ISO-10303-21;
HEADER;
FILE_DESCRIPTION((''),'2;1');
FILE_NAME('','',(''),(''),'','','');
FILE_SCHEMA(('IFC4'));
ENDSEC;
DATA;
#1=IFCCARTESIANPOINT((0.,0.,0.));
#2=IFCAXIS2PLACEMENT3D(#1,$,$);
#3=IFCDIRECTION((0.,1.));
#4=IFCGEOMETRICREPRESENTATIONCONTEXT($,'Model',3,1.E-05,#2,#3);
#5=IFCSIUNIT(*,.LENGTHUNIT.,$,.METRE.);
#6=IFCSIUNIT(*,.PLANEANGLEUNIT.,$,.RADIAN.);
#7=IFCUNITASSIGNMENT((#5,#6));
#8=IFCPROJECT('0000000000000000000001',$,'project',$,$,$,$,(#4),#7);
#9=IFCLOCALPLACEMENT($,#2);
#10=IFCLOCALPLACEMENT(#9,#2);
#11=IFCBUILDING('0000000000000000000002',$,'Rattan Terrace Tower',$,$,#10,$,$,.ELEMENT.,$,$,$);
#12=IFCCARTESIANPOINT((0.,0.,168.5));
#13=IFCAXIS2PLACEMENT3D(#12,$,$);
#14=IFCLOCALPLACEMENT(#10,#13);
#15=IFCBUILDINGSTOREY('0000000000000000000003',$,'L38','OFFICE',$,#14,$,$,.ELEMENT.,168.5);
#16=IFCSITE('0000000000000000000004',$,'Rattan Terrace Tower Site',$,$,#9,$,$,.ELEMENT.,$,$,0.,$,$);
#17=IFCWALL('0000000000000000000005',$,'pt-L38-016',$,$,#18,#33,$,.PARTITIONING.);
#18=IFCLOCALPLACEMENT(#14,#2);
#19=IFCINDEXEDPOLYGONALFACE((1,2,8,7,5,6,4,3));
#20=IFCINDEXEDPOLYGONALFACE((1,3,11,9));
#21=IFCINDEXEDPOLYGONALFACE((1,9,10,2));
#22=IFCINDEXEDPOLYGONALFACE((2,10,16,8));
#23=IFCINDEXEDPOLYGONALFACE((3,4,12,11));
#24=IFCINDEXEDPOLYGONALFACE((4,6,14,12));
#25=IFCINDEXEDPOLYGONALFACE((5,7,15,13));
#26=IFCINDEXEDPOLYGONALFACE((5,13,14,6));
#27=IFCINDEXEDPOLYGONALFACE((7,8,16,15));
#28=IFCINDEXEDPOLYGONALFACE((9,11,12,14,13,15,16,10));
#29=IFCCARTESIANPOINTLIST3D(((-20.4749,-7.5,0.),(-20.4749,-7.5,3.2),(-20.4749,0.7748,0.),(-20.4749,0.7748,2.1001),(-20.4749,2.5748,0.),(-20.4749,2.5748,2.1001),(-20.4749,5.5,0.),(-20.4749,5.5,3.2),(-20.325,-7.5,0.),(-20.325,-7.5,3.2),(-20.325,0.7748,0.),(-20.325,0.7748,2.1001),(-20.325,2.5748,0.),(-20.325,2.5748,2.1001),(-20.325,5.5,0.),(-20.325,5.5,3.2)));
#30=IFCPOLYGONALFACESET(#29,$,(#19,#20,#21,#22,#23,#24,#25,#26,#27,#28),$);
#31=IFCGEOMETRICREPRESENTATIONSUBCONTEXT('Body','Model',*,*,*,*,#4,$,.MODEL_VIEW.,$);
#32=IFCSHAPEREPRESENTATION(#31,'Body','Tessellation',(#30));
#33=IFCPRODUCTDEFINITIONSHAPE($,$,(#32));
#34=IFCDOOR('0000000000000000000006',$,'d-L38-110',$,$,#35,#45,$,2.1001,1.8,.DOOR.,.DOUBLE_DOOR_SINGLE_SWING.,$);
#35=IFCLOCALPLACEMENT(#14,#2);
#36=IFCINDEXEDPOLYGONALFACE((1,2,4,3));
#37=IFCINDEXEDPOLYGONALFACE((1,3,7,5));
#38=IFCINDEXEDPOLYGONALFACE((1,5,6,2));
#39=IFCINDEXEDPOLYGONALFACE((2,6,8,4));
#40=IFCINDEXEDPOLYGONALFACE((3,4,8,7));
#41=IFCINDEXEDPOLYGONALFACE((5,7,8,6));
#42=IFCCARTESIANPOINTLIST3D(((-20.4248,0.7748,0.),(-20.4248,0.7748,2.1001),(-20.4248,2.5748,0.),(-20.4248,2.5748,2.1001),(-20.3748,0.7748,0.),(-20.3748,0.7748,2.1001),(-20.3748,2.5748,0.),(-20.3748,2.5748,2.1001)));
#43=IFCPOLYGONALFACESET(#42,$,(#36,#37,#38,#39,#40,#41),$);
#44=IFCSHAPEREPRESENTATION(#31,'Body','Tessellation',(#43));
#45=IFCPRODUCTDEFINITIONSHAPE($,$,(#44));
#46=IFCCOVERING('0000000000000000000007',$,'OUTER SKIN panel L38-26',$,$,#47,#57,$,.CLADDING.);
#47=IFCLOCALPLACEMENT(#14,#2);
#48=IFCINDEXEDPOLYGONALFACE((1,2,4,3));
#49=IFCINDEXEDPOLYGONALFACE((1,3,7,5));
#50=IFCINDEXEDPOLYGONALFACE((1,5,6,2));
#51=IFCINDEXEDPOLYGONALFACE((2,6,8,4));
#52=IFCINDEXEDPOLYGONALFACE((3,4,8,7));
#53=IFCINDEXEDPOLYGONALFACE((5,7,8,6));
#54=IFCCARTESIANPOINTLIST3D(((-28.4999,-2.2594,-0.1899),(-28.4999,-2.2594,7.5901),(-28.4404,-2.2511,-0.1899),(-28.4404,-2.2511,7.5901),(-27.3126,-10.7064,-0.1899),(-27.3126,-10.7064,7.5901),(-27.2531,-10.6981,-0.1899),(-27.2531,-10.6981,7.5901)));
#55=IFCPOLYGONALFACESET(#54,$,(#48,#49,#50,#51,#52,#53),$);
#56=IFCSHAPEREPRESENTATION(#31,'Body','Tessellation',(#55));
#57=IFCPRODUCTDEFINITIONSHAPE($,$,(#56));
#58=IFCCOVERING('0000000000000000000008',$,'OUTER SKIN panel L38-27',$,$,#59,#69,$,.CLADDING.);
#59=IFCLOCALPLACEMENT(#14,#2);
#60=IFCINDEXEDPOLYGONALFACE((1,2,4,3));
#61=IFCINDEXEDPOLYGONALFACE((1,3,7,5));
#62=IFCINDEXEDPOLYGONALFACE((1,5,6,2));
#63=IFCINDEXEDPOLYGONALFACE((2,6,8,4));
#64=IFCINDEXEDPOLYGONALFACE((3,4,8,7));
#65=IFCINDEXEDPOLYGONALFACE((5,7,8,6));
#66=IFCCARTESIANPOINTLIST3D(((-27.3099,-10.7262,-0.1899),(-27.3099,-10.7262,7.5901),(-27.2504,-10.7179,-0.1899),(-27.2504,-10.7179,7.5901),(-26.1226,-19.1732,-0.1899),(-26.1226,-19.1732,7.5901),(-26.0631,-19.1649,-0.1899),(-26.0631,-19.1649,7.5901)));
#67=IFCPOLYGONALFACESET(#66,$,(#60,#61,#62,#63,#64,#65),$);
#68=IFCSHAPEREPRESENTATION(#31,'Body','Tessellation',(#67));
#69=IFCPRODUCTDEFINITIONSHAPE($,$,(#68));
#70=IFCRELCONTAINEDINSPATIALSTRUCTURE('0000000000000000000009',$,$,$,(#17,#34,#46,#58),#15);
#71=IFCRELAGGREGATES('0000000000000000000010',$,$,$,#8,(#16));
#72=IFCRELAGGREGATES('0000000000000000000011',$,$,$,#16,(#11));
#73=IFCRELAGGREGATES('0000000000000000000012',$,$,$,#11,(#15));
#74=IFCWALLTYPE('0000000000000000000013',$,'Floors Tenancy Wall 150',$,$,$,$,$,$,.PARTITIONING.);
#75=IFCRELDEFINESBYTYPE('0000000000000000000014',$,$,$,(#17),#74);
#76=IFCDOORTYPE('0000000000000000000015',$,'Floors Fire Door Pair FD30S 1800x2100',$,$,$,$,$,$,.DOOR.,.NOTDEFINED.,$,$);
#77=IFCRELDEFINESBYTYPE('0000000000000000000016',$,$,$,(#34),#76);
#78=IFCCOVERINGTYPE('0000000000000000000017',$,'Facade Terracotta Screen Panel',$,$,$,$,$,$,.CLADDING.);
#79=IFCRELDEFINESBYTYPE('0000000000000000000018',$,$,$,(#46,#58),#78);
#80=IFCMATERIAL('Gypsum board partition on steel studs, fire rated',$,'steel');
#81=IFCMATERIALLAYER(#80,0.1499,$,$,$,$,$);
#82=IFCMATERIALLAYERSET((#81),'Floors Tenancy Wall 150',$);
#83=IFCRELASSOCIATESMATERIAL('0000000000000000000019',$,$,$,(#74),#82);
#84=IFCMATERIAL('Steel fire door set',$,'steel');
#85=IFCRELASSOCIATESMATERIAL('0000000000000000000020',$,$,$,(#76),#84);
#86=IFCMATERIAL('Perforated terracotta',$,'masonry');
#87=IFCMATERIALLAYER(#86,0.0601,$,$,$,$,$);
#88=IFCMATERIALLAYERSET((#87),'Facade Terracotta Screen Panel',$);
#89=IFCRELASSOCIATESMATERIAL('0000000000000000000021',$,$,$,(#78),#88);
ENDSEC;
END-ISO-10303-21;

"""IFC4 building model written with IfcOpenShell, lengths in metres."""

from ifc_helpers import new_model, si_unit, direction, frame, frame_2d, origin, origin_2d, place, context, subcontext, project, spatial, rectangle, extrude, material, layer, layer_set, type_object, element, fill, save


model = new_model("IFC4")

# Units and contexts
model_context = context("Model", 3, precision=1e-05, world=origin(), true_north=direction((0.0, 1.0)))
body_context = subcontext(model_context, "Body", "Model", "MODEL_VIEW")
ifc_project = project(units=[si_unit("LENGTHUNIT", "METRE"), si_unit("PLANEANGLEUNIT", "RADIAN")], contexts=[model_context])

# Site, building, storey
site_placement = place(None, origin())
site = spatial("IfcSite", under=ifc_project, at=site_placement, Name="Rattan Terrace Tower Site", CompositionType="ELEMENT", RefElevation=0.0)
building_placement = place(site_placement, origin())
building = spatial("IfcBuilding", under=site, at=building_placement, Name="Rattan Terrace Tower", CompositionType="ELEMENT")
storey_placement = place(building_placement, frame((0.0, 0.0, 168.5)))
storey = spatial("IfcBuildingStorey", under=building, at=storey_placement, Name="L38", Description="OFFICE", CompositionType="ELEMENT", Elevation=168.5)

# Shared definitions
ifc_material_1 = material(Name="Gypsum board partition on steel studs, fire rated", Category="steel")
ifc_layer_1 = layer(ifc_material_1, 0.1499)
ifc_layer_set_1 = layer_set([ifc_layer_1], Name="Floors Tenancy Wall 150")
wall_type_1 = type_object("IfcWallType", Name="Floors Tenancy Wall 150", PredefinedType="PARTITIONING", material=ifc_layer_set_1)

# Wall, opening, door
wall_1_placement = place(storey_placement, frame((-20.3999, -7.5, 0.0), z_axis=(0.0, 0.0, 1.0), x_axis=(0.0, 1.0, 0.0)))
wall_1 = element("IfcWall", 1, at=wall_1_placement, inside=storey, type_object=wall_type_1, Name="pt-L38-016", PredefinedType="PARTITIONING", context=body_context, shape_type="SweptSolid", body=[
    extrude(rectangle(XDim=13.0, YDim=0.1499, at=frame_2d((6.5, 0.0))), origin(), (0.0, 0.0, 1.0), 3.2),
])
opening_1_placement = place(wall_1_placement, frame((8.2749, 0.0, 0.0)))
opening_1 = element("IfcOpeningElement", 2, at=opening_1_placement, cuts=wall_1, PredefinedType="OPENING", context=body_context, shape_type="SweptSolid", body=[
    extrude(rectangle(XDim=1.8, YDim=2.1001, at=frame_2d((0.8999, 1.05))), frame((0.0, 0.0854, 0.0), z_axis=(0.0, -1.0, 0.0), x_axis=(1.0, 0.0, 0.0)), (0.0, 0.0, 1.0), 0.1709),
])
ifc_material_2 = material(Name="Steel fire door set", Category="steel")
door_type_1 = type_object("IfcDoorType", Name="Floors Fire Door Pair FD30S 1800x2100", OperationType="NOTDEFINED", PredefinedType="DOOR", material=ifc_material_2)
door_1_placement = place(opening_1_placement, origin())
door_1 = element("IfcDoor", 3, at=door_1_placement, inside=storey, type_object=door_type_1, Name="d-L38-110", OperationType="DOUBLE_DOOR_SINGLE_SWING", OverallHeight=2.1001, OverallWidth=1.8, PredefinedType="DOOR", context=body_context, shape_type="SweptSolid", body=[
    extrude(rectangle(XDim=1.8, YDim=2.1001, at=frame_2d((0.8999, 1.05))), frame((0.0, 0.0249, 0.0), z_axis=(0.0, -1.0, 0.0), x_axis=(1.0, 0.0, 0.0)), (0.0, 0.0, 1.0), 0.05),
])
fill(opening_1, door_1)

# Coverings
ifc_material_3 = material(Name="Perforated terracotta", Category="masonry")
ifc_layer_2 = layer(ifc_material_3, 0.0601)
ifc_layer_set_2 = layer_set([ifc_layer_2], Name="Facade Terracotta Screen Panel")
covering_type = type_object("IfcCoveringType", Name="Facade Terracotta Screen Panel", PredefinedType="CLADDING", material=ifc_layer_set_2)
for number, where, z_axis, x_axis, name in (
    (4, (-27.8765, -6.4788, -0.1899), (0.0, 0.0, 1.0), (0.139191, -0.990266, 0.0), "OUTER SKIN panel L38-26"),
    (5, (-26.6865, -14.9456, -0.1899), (0.0, 0.0, 1.0), (0.139191, -0.990266, 0.0), "OUTER SKIN panel L38-27"),
):
    element("IfcCovering", number, at=place(storey_placement, frame(where, z_axis=z_axis, x_axis=x_axis)), inside=storey, type_object=covering_type, Name=name, PredefinedType="CLADDING", context=body_context, shape_type="SweptSolid", body=[
        extrude(rectangle(XDim=8.53, YDim=0.0601, at=origin_2d()), origin(), (0.0, 0.0, 1.0), 7.78),
    ])

save(model, "model.ifc")
